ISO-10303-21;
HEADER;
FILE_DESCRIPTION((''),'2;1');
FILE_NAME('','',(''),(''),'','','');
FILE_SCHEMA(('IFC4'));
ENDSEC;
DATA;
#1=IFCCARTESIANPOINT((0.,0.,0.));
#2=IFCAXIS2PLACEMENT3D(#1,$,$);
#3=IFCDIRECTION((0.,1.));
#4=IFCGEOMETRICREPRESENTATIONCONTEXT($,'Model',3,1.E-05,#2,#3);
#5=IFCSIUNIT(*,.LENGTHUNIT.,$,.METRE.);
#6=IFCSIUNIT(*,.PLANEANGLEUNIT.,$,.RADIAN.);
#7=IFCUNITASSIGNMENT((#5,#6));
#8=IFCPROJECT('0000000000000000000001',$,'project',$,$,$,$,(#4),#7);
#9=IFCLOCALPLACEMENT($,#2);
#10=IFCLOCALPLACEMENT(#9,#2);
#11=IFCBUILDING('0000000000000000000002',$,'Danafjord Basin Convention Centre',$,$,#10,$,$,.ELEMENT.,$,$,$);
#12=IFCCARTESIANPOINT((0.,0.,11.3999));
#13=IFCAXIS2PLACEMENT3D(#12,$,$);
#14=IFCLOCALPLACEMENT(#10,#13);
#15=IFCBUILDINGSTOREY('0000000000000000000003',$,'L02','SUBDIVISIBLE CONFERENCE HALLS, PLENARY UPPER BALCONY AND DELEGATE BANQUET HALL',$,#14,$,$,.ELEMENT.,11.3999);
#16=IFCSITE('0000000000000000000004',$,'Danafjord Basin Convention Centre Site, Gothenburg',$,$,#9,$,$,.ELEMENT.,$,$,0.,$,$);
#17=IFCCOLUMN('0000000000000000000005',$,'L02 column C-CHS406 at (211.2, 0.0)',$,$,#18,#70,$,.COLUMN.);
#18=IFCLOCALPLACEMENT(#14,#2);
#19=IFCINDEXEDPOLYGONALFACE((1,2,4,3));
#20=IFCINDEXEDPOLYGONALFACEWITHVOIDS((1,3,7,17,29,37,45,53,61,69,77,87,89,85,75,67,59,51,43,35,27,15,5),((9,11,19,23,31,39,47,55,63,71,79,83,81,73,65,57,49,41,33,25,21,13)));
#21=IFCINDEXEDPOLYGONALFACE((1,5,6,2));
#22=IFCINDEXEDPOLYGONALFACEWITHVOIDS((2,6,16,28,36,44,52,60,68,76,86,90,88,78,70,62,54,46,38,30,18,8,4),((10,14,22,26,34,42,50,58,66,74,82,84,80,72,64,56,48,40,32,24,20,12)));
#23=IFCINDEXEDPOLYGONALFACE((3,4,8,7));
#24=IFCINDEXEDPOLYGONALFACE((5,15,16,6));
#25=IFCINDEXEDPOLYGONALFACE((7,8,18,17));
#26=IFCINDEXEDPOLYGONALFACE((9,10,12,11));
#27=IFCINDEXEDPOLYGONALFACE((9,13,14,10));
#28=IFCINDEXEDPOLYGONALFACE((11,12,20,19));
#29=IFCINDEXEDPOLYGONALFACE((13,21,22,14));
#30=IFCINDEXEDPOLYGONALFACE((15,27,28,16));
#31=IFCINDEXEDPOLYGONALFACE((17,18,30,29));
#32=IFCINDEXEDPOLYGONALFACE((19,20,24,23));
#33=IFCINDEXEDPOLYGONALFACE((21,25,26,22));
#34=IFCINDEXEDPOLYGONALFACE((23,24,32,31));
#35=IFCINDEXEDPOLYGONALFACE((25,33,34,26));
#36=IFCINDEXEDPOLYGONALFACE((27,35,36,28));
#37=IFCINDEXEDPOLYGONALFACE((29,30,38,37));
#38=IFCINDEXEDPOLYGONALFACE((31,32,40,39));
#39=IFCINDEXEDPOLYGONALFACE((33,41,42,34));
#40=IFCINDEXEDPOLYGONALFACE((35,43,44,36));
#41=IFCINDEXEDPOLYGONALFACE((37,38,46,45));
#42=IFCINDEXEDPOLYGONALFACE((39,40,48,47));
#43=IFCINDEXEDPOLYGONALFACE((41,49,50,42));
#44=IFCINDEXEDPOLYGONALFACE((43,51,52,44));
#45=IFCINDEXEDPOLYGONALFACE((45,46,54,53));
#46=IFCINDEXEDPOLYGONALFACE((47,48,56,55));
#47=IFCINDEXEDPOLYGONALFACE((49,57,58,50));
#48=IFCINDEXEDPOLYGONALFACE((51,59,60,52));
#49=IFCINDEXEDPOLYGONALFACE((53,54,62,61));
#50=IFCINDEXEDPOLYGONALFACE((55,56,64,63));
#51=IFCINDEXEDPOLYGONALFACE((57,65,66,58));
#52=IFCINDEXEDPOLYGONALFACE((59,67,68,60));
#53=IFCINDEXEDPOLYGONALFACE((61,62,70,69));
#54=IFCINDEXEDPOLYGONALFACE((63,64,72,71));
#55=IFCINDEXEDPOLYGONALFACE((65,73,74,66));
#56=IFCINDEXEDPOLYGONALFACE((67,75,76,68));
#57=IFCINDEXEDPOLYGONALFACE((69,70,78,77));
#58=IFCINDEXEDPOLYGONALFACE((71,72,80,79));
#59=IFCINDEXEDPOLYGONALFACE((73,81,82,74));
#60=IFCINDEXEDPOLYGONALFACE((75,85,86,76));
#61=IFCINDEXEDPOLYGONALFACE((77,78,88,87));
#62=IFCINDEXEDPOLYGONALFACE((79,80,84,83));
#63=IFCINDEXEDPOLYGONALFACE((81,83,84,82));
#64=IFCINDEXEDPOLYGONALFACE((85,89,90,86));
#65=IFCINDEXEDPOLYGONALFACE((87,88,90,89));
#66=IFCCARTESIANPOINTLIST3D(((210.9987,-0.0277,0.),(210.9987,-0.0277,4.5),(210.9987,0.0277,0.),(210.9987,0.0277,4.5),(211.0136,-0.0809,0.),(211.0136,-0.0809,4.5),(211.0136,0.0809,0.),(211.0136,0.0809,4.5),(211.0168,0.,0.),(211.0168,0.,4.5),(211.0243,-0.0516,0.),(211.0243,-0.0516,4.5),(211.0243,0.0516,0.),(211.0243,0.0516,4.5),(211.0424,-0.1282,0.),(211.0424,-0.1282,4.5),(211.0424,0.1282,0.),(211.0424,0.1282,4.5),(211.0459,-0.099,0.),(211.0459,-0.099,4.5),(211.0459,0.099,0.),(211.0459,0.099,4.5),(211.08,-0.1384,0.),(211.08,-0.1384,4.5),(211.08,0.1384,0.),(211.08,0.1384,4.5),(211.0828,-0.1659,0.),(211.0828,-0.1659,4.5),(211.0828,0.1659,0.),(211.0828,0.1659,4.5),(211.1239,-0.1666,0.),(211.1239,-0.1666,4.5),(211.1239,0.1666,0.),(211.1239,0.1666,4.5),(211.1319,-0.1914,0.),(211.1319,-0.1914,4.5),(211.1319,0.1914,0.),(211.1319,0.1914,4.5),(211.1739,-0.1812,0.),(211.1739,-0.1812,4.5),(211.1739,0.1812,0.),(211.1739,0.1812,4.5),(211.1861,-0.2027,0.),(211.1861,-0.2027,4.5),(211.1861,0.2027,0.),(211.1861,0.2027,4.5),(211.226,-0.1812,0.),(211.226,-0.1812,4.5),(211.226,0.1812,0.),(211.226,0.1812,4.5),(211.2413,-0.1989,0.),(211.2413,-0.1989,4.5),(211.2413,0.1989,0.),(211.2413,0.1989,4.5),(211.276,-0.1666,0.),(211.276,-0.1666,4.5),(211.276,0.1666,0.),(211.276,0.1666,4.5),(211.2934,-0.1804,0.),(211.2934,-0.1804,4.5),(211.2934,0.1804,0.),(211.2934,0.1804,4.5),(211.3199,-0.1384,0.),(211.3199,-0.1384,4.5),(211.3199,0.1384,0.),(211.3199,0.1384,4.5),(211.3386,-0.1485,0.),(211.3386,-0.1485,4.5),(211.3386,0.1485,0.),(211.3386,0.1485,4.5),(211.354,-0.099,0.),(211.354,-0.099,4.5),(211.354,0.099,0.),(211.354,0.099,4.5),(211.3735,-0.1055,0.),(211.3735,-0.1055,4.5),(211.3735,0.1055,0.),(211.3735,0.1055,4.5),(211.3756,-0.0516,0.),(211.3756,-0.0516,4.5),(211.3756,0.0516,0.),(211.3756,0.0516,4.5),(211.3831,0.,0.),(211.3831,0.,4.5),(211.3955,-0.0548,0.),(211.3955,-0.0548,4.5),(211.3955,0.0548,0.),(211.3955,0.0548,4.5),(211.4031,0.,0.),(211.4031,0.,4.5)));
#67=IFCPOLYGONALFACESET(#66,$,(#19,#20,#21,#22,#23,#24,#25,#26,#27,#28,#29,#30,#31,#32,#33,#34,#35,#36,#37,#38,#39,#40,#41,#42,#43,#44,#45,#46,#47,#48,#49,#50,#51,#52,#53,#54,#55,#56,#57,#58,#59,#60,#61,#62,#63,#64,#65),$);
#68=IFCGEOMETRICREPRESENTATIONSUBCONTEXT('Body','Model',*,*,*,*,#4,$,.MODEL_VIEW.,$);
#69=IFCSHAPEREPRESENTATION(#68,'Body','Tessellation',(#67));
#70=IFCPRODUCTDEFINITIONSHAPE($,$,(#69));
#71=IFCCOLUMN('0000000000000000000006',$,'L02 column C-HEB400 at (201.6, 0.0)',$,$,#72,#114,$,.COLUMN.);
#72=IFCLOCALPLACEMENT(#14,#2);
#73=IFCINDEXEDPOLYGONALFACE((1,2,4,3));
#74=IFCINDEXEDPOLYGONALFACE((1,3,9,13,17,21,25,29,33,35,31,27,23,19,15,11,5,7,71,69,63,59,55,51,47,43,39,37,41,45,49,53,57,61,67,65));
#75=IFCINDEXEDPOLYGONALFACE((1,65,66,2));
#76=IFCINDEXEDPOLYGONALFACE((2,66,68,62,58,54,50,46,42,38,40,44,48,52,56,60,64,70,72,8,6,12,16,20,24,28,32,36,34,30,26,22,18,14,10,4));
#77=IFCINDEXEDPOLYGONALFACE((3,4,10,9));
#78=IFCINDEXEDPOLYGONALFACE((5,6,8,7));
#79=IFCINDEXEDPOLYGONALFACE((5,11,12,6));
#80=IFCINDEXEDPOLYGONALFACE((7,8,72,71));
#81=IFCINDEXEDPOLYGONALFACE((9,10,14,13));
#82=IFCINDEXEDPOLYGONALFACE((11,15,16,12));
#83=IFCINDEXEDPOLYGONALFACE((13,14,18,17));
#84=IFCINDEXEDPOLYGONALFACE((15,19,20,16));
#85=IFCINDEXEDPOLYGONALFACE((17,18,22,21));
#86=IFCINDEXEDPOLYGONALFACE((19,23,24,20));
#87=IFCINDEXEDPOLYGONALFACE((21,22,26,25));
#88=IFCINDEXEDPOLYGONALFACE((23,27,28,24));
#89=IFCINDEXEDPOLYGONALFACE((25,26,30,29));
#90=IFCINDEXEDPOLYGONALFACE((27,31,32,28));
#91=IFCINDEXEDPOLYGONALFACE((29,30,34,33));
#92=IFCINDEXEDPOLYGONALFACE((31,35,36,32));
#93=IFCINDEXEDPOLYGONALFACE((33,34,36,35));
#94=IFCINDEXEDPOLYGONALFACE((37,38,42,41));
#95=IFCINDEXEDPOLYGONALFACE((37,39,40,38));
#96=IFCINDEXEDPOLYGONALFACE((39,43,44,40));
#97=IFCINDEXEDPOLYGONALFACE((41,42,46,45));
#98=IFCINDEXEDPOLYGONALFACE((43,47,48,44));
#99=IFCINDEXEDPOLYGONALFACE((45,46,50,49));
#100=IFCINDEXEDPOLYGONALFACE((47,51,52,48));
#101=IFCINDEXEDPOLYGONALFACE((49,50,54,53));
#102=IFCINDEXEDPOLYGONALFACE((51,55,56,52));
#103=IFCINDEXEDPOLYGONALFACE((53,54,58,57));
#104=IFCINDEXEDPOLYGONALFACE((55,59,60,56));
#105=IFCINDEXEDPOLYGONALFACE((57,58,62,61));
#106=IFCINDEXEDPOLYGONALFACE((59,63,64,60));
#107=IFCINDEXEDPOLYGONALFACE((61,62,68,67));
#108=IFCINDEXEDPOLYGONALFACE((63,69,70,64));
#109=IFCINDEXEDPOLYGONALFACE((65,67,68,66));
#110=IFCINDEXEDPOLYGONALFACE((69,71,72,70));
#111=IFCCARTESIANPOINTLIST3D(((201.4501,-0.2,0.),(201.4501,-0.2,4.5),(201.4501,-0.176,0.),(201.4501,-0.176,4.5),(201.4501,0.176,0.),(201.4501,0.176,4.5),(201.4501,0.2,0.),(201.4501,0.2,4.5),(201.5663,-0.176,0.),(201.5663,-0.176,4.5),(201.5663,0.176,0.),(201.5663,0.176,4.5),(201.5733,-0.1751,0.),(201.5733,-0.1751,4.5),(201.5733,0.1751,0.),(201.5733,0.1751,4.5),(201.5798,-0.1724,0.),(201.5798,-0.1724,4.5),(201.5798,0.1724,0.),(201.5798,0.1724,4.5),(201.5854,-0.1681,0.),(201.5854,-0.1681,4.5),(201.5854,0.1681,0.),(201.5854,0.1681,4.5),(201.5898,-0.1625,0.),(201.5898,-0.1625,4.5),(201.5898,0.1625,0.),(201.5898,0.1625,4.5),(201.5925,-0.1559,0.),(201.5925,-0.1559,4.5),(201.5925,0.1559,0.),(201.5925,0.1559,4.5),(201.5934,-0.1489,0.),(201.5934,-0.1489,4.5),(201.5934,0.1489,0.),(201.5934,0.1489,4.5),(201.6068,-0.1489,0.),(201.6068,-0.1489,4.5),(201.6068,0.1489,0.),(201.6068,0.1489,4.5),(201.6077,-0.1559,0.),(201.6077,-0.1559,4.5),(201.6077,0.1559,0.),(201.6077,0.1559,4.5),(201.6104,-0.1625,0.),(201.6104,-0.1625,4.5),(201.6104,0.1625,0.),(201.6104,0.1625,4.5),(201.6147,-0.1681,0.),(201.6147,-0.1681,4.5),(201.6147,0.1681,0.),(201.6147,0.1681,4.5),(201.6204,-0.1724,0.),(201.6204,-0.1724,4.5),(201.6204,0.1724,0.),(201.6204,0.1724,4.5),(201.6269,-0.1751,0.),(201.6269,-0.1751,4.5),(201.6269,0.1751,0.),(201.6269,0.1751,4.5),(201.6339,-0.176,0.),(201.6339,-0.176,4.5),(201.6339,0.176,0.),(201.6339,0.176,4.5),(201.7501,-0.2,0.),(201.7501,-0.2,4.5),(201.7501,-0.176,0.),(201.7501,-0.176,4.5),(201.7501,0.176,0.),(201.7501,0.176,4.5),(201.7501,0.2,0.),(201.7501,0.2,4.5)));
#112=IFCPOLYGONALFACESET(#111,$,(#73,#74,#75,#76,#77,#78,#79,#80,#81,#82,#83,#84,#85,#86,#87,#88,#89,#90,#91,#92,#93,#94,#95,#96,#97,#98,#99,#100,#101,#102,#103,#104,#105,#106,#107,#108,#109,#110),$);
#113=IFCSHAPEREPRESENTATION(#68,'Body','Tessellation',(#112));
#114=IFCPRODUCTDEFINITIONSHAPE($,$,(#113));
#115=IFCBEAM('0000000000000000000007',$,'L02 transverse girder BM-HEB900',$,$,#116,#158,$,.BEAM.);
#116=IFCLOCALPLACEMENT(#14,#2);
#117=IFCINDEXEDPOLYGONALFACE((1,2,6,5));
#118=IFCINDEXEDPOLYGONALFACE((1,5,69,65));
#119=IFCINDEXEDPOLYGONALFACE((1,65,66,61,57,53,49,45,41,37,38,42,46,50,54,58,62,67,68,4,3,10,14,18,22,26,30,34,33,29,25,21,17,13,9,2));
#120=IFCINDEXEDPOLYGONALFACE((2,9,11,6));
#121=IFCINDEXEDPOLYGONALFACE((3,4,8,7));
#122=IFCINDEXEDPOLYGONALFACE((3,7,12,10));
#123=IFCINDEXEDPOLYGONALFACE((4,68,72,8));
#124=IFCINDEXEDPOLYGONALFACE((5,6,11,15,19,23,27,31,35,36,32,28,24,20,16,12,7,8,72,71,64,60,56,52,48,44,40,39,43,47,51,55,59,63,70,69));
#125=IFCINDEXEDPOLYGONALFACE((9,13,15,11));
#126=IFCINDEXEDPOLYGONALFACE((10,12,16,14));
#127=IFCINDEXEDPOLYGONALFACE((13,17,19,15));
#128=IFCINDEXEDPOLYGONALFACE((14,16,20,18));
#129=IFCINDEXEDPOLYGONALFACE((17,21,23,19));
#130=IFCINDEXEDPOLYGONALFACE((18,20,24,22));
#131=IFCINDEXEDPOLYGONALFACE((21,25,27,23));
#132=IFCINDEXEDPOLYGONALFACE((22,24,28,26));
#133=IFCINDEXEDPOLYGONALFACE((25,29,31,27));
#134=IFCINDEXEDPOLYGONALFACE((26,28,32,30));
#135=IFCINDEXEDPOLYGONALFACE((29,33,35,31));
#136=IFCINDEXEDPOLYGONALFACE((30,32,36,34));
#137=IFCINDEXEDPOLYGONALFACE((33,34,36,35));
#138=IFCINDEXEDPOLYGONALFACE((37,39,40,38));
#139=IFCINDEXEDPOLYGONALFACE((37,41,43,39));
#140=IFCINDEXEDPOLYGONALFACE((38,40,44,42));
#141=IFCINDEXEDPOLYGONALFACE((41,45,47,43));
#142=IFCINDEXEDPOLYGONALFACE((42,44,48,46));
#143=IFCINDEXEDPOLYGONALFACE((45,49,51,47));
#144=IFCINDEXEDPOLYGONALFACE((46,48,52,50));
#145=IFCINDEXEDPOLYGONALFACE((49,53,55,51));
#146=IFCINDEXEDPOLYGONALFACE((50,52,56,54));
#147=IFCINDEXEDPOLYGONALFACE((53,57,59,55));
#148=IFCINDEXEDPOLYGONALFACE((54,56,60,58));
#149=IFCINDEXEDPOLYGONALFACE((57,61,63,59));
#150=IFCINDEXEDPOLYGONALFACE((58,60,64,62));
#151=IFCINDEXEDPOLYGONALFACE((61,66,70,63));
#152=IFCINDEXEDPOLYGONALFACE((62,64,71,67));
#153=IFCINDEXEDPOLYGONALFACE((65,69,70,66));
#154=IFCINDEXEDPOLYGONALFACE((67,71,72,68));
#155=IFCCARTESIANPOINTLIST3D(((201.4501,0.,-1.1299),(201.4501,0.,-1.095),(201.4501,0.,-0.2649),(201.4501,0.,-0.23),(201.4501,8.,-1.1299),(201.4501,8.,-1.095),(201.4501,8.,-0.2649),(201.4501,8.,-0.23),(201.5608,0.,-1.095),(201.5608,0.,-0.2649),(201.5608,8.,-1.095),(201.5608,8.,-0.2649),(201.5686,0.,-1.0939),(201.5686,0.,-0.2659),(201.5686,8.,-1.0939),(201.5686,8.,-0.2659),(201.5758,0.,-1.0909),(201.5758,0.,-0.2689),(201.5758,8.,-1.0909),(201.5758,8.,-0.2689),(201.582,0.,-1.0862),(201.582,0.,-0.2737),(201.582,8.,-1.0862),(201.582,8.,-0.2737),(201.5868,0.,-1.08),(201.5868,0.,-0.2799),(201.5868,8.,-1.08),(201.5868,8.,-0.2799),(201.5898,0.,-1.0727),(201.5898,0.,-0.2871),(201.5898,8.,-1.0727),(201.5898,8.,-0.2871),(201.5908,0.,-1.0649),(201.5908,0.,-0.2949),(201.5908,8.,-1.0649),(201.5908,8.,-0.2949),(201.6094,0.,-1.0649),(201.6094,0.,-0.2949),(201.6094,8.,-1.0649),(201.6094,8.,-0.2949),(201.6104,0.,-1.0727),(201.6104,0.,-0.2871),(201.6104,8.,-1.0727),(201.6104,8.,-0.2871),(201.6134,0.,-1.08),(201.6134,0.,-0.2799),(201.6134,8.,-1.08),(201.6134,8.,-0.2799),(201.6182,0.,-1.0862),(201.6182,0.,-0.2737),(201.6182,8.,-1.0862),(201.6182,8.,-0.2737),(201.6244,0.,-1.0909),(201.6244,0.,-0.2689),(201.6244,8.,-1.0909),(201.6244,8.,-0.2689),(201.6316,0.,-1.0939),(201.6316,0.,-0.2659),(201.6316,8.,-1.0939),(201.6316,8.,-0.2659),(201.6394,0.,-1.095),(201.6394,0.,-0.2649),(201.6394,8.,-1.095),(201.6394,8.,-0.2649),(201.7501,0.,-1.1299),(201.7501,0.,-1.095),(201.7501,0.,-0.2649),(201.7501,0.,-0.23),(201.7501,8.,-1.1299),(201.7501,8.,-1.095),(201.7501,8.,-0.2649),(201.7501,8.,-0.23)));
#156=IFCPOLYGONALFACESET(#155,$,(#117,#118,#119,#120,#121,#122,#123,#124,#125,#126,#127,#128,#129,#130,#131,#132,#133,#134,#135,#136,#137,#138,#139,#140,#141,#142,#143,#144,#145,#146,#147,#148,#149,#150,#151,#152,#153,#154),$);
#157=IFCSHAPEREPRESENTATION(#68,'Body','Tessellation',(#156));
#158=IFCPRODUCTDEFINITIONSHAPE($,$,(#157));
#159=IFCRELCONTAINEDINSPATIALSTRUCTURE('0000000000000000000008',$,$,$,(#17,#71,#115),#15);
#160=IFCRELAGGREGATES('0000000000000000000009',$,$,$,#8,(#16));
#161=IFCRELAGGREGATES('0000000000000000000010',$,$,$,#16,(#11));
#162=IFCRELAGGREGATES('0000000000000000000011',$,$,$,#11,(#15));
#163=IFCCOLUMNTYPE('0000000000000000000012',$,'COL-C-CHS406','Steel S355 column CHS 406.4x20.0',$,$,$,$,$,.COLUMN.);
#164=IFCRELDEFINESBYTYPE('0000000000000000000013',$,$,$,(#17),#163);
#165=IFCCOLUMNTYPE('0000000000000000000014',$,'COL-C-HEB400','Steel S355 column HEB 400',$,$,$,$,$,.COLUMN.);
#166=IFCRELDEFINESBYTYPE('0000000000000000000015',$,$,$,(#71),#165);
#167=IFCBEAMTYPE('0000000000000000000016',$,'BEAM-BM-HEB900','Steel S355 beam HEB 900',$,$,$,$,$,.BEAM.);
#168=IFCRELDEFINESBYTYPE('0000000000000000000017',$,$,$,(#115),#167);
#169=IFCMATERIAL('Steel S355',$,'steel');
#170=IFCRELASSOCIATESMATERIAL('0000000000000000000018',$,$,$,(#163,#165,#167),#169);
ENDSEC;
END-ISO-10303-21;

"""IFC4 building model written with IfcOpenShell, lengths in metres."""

from ifc_helpers import new_model, si_unit, direction, frame, origin, origin_2d, place, context, subcontext, project, spatial, hollow_circle, i_section, extrude, material, material_profile, profile_set, type_object, element, save


model = new_model("IFC4")

# Units and contexts
model_context = context("Model", 3, precision=1e-05, world=origin(), true_north=direction((0.0, 1.0)))
body_context = subcontext(model_context, "Body", "Model", "MODEL_VIEW")
ifc_project = project(units=[si_unit("LENGTHUNIT", "METRE"), si_unit("PLANEANGLEUNIT", "RADIAN")], contexts=[model_context])

# Site, building, storey
site_placement = place(None, origin())
site = spatial("IfcSite", under=ifc_project, at=site_placement, Name="Danafjord Basin Convention Centre Site, Gothenburg", CompositionType="ELEMENT", RefElevation=0.0)
building_placement = place(site_placement, origin())
building = spatial("IfcBuilding", under=site, at=building_placement, Name="Danafjord Basin Convention Centre", CompositionType="ELEMENT")
storey_placement = place(building_placement, frame((0.0, 0.0, 11.3999)))
storey = spatial("IfcBuildingStorey", under=building, at=storey_placement, Name="L02", Description="SUBDIVISIBLE CONFERENCE HALLS, PLENARY UPPER BALCONY AND DELEGATE BANQUET HALL", CompositionType="ELEMENT", Elevation=11.3999)

# Columns
ifc_material_1 = material(Name="Steel S355", Category="steel")
ifc_material_profile_1 = material_profile(ifc_material_1, hollow_circle(Radius=0.2031, WallThickness=0.02, at=origin_2d()), Name="CHS 406.4x20.0")
ifc_profile_set_1 = profile_set([ifc_material_profile_1], Name="Steel S355")
column_type_1 = type_object("IfcColumnType", Name="COL-C-CHS406", Description="Steel S355 column CHS 406.4x20.0", PredefinedType="COLUMN", material=ifc_profile_set_1)
column_1_placement = place(storey_placement, frame((211.2, 0.0, 0.0), z_axis=(0.0, 0.0, 1.0), x_axis=(1.0, 0.0, 0.0)))
element("IfcColumn", 1, at=column_1_placement, inside=storey, type_object=column_type_1, Name="L02 column C-CHS406 at (211.2, 0.0)", PredefinedType="COLUMN", context=body_context, shape_type="SweptSolid", body=[
    extrude(hollow_circle(Radius=0.2031, WallThickness=0.02, at=origin_2d()), origin(), (0.0, 0.0, 1.0), 4.5),
])
ifc_material_profile_2 = material_profile(ifc_material_1, i_section(OverallWidth=0.3, OverallDepth=0.3999, WebThickness=0.0134, FlangeThickness=0.0239, FilletRadius=0.0271, at=origin_2d()), Name="HEB 400")
ifc_profile_set_2 = profile_set([ifc_material_profile_2], Name="Steel S355")
column_type_2 = type_object("IfcColumnType", Name="COL-C-HEB400", Description="Steel S355 column HEB 400", PredefinedType="COLUMN", material=ifc_profile_set_2)
column_2_placement = place(storey_placement, frame((201.6001, 0.0, 0.0), z_axis=(0.0, 0.0, 1.0), x_axis=(1.0, 0.0, 0.0)))
element("IfcColumn", 2, at=column_2_placement, inside=storey, type_object=column_type_2, Name="L02 column C-HEB400 at (201.6, 0.0)", PredefinedType="COLUMN", context=body_context, shape_type="SweptSolid", body=[
    extrude(i_section(OverallWidth=0.3, OverallDepth=0.3999, WebThickness=0.0134, FlangeThickness=0.0239, FilletRadius=0.0271, at=origin_2d()), origin(), (0.0, 0.0, 1.0), 4.5),
])

# Beam
ifc_material_profile_3 = material_profile(ifc_material_1, i_section(OverallWidth=0.3, OverallDepth=0.8999, WebThickness=0.0186, FlangeThickness=0.0349, FilletRadius=0.03, at=origin_2d()), Name="HEB 900")
ifc_profile_set_3 = profile_set([ifc_material_profile_3], Name="Steel S355")
beam_type_1 = type_object("IfcBeamType", Name="BEAM-BM-HEB900", Description="Steel S355 beam HEB 900", PredefinedType="BEAM", material=ifc_profile_set_3)
beam_1_placement = place(storey_placement, frame((201.6001, 0.0, -0.6799), z_axis=(0.0, 1.0, 0.0), x_axis=(-1.0, 0.0, 0.0)))
element("IfcBeam", 3, at=beam_1_placement, inside=storey, type_object=beam_type_1, Name="L02 transverse girder BM-HEB900", PredefinedType="BEAM", context=body_context, shape_type="SweptSolid", body=[
    extrude(i_section(OverallWidth=0.3, OverallDepth=0.8999, WebThickness=0.0186, FlangeThickness=0.0349, FilletRadius=0.03, at=origin_2d()), origin(), (0.0, 0.0, 1.0), 8.0),
])

save(model, "model.ifc")
